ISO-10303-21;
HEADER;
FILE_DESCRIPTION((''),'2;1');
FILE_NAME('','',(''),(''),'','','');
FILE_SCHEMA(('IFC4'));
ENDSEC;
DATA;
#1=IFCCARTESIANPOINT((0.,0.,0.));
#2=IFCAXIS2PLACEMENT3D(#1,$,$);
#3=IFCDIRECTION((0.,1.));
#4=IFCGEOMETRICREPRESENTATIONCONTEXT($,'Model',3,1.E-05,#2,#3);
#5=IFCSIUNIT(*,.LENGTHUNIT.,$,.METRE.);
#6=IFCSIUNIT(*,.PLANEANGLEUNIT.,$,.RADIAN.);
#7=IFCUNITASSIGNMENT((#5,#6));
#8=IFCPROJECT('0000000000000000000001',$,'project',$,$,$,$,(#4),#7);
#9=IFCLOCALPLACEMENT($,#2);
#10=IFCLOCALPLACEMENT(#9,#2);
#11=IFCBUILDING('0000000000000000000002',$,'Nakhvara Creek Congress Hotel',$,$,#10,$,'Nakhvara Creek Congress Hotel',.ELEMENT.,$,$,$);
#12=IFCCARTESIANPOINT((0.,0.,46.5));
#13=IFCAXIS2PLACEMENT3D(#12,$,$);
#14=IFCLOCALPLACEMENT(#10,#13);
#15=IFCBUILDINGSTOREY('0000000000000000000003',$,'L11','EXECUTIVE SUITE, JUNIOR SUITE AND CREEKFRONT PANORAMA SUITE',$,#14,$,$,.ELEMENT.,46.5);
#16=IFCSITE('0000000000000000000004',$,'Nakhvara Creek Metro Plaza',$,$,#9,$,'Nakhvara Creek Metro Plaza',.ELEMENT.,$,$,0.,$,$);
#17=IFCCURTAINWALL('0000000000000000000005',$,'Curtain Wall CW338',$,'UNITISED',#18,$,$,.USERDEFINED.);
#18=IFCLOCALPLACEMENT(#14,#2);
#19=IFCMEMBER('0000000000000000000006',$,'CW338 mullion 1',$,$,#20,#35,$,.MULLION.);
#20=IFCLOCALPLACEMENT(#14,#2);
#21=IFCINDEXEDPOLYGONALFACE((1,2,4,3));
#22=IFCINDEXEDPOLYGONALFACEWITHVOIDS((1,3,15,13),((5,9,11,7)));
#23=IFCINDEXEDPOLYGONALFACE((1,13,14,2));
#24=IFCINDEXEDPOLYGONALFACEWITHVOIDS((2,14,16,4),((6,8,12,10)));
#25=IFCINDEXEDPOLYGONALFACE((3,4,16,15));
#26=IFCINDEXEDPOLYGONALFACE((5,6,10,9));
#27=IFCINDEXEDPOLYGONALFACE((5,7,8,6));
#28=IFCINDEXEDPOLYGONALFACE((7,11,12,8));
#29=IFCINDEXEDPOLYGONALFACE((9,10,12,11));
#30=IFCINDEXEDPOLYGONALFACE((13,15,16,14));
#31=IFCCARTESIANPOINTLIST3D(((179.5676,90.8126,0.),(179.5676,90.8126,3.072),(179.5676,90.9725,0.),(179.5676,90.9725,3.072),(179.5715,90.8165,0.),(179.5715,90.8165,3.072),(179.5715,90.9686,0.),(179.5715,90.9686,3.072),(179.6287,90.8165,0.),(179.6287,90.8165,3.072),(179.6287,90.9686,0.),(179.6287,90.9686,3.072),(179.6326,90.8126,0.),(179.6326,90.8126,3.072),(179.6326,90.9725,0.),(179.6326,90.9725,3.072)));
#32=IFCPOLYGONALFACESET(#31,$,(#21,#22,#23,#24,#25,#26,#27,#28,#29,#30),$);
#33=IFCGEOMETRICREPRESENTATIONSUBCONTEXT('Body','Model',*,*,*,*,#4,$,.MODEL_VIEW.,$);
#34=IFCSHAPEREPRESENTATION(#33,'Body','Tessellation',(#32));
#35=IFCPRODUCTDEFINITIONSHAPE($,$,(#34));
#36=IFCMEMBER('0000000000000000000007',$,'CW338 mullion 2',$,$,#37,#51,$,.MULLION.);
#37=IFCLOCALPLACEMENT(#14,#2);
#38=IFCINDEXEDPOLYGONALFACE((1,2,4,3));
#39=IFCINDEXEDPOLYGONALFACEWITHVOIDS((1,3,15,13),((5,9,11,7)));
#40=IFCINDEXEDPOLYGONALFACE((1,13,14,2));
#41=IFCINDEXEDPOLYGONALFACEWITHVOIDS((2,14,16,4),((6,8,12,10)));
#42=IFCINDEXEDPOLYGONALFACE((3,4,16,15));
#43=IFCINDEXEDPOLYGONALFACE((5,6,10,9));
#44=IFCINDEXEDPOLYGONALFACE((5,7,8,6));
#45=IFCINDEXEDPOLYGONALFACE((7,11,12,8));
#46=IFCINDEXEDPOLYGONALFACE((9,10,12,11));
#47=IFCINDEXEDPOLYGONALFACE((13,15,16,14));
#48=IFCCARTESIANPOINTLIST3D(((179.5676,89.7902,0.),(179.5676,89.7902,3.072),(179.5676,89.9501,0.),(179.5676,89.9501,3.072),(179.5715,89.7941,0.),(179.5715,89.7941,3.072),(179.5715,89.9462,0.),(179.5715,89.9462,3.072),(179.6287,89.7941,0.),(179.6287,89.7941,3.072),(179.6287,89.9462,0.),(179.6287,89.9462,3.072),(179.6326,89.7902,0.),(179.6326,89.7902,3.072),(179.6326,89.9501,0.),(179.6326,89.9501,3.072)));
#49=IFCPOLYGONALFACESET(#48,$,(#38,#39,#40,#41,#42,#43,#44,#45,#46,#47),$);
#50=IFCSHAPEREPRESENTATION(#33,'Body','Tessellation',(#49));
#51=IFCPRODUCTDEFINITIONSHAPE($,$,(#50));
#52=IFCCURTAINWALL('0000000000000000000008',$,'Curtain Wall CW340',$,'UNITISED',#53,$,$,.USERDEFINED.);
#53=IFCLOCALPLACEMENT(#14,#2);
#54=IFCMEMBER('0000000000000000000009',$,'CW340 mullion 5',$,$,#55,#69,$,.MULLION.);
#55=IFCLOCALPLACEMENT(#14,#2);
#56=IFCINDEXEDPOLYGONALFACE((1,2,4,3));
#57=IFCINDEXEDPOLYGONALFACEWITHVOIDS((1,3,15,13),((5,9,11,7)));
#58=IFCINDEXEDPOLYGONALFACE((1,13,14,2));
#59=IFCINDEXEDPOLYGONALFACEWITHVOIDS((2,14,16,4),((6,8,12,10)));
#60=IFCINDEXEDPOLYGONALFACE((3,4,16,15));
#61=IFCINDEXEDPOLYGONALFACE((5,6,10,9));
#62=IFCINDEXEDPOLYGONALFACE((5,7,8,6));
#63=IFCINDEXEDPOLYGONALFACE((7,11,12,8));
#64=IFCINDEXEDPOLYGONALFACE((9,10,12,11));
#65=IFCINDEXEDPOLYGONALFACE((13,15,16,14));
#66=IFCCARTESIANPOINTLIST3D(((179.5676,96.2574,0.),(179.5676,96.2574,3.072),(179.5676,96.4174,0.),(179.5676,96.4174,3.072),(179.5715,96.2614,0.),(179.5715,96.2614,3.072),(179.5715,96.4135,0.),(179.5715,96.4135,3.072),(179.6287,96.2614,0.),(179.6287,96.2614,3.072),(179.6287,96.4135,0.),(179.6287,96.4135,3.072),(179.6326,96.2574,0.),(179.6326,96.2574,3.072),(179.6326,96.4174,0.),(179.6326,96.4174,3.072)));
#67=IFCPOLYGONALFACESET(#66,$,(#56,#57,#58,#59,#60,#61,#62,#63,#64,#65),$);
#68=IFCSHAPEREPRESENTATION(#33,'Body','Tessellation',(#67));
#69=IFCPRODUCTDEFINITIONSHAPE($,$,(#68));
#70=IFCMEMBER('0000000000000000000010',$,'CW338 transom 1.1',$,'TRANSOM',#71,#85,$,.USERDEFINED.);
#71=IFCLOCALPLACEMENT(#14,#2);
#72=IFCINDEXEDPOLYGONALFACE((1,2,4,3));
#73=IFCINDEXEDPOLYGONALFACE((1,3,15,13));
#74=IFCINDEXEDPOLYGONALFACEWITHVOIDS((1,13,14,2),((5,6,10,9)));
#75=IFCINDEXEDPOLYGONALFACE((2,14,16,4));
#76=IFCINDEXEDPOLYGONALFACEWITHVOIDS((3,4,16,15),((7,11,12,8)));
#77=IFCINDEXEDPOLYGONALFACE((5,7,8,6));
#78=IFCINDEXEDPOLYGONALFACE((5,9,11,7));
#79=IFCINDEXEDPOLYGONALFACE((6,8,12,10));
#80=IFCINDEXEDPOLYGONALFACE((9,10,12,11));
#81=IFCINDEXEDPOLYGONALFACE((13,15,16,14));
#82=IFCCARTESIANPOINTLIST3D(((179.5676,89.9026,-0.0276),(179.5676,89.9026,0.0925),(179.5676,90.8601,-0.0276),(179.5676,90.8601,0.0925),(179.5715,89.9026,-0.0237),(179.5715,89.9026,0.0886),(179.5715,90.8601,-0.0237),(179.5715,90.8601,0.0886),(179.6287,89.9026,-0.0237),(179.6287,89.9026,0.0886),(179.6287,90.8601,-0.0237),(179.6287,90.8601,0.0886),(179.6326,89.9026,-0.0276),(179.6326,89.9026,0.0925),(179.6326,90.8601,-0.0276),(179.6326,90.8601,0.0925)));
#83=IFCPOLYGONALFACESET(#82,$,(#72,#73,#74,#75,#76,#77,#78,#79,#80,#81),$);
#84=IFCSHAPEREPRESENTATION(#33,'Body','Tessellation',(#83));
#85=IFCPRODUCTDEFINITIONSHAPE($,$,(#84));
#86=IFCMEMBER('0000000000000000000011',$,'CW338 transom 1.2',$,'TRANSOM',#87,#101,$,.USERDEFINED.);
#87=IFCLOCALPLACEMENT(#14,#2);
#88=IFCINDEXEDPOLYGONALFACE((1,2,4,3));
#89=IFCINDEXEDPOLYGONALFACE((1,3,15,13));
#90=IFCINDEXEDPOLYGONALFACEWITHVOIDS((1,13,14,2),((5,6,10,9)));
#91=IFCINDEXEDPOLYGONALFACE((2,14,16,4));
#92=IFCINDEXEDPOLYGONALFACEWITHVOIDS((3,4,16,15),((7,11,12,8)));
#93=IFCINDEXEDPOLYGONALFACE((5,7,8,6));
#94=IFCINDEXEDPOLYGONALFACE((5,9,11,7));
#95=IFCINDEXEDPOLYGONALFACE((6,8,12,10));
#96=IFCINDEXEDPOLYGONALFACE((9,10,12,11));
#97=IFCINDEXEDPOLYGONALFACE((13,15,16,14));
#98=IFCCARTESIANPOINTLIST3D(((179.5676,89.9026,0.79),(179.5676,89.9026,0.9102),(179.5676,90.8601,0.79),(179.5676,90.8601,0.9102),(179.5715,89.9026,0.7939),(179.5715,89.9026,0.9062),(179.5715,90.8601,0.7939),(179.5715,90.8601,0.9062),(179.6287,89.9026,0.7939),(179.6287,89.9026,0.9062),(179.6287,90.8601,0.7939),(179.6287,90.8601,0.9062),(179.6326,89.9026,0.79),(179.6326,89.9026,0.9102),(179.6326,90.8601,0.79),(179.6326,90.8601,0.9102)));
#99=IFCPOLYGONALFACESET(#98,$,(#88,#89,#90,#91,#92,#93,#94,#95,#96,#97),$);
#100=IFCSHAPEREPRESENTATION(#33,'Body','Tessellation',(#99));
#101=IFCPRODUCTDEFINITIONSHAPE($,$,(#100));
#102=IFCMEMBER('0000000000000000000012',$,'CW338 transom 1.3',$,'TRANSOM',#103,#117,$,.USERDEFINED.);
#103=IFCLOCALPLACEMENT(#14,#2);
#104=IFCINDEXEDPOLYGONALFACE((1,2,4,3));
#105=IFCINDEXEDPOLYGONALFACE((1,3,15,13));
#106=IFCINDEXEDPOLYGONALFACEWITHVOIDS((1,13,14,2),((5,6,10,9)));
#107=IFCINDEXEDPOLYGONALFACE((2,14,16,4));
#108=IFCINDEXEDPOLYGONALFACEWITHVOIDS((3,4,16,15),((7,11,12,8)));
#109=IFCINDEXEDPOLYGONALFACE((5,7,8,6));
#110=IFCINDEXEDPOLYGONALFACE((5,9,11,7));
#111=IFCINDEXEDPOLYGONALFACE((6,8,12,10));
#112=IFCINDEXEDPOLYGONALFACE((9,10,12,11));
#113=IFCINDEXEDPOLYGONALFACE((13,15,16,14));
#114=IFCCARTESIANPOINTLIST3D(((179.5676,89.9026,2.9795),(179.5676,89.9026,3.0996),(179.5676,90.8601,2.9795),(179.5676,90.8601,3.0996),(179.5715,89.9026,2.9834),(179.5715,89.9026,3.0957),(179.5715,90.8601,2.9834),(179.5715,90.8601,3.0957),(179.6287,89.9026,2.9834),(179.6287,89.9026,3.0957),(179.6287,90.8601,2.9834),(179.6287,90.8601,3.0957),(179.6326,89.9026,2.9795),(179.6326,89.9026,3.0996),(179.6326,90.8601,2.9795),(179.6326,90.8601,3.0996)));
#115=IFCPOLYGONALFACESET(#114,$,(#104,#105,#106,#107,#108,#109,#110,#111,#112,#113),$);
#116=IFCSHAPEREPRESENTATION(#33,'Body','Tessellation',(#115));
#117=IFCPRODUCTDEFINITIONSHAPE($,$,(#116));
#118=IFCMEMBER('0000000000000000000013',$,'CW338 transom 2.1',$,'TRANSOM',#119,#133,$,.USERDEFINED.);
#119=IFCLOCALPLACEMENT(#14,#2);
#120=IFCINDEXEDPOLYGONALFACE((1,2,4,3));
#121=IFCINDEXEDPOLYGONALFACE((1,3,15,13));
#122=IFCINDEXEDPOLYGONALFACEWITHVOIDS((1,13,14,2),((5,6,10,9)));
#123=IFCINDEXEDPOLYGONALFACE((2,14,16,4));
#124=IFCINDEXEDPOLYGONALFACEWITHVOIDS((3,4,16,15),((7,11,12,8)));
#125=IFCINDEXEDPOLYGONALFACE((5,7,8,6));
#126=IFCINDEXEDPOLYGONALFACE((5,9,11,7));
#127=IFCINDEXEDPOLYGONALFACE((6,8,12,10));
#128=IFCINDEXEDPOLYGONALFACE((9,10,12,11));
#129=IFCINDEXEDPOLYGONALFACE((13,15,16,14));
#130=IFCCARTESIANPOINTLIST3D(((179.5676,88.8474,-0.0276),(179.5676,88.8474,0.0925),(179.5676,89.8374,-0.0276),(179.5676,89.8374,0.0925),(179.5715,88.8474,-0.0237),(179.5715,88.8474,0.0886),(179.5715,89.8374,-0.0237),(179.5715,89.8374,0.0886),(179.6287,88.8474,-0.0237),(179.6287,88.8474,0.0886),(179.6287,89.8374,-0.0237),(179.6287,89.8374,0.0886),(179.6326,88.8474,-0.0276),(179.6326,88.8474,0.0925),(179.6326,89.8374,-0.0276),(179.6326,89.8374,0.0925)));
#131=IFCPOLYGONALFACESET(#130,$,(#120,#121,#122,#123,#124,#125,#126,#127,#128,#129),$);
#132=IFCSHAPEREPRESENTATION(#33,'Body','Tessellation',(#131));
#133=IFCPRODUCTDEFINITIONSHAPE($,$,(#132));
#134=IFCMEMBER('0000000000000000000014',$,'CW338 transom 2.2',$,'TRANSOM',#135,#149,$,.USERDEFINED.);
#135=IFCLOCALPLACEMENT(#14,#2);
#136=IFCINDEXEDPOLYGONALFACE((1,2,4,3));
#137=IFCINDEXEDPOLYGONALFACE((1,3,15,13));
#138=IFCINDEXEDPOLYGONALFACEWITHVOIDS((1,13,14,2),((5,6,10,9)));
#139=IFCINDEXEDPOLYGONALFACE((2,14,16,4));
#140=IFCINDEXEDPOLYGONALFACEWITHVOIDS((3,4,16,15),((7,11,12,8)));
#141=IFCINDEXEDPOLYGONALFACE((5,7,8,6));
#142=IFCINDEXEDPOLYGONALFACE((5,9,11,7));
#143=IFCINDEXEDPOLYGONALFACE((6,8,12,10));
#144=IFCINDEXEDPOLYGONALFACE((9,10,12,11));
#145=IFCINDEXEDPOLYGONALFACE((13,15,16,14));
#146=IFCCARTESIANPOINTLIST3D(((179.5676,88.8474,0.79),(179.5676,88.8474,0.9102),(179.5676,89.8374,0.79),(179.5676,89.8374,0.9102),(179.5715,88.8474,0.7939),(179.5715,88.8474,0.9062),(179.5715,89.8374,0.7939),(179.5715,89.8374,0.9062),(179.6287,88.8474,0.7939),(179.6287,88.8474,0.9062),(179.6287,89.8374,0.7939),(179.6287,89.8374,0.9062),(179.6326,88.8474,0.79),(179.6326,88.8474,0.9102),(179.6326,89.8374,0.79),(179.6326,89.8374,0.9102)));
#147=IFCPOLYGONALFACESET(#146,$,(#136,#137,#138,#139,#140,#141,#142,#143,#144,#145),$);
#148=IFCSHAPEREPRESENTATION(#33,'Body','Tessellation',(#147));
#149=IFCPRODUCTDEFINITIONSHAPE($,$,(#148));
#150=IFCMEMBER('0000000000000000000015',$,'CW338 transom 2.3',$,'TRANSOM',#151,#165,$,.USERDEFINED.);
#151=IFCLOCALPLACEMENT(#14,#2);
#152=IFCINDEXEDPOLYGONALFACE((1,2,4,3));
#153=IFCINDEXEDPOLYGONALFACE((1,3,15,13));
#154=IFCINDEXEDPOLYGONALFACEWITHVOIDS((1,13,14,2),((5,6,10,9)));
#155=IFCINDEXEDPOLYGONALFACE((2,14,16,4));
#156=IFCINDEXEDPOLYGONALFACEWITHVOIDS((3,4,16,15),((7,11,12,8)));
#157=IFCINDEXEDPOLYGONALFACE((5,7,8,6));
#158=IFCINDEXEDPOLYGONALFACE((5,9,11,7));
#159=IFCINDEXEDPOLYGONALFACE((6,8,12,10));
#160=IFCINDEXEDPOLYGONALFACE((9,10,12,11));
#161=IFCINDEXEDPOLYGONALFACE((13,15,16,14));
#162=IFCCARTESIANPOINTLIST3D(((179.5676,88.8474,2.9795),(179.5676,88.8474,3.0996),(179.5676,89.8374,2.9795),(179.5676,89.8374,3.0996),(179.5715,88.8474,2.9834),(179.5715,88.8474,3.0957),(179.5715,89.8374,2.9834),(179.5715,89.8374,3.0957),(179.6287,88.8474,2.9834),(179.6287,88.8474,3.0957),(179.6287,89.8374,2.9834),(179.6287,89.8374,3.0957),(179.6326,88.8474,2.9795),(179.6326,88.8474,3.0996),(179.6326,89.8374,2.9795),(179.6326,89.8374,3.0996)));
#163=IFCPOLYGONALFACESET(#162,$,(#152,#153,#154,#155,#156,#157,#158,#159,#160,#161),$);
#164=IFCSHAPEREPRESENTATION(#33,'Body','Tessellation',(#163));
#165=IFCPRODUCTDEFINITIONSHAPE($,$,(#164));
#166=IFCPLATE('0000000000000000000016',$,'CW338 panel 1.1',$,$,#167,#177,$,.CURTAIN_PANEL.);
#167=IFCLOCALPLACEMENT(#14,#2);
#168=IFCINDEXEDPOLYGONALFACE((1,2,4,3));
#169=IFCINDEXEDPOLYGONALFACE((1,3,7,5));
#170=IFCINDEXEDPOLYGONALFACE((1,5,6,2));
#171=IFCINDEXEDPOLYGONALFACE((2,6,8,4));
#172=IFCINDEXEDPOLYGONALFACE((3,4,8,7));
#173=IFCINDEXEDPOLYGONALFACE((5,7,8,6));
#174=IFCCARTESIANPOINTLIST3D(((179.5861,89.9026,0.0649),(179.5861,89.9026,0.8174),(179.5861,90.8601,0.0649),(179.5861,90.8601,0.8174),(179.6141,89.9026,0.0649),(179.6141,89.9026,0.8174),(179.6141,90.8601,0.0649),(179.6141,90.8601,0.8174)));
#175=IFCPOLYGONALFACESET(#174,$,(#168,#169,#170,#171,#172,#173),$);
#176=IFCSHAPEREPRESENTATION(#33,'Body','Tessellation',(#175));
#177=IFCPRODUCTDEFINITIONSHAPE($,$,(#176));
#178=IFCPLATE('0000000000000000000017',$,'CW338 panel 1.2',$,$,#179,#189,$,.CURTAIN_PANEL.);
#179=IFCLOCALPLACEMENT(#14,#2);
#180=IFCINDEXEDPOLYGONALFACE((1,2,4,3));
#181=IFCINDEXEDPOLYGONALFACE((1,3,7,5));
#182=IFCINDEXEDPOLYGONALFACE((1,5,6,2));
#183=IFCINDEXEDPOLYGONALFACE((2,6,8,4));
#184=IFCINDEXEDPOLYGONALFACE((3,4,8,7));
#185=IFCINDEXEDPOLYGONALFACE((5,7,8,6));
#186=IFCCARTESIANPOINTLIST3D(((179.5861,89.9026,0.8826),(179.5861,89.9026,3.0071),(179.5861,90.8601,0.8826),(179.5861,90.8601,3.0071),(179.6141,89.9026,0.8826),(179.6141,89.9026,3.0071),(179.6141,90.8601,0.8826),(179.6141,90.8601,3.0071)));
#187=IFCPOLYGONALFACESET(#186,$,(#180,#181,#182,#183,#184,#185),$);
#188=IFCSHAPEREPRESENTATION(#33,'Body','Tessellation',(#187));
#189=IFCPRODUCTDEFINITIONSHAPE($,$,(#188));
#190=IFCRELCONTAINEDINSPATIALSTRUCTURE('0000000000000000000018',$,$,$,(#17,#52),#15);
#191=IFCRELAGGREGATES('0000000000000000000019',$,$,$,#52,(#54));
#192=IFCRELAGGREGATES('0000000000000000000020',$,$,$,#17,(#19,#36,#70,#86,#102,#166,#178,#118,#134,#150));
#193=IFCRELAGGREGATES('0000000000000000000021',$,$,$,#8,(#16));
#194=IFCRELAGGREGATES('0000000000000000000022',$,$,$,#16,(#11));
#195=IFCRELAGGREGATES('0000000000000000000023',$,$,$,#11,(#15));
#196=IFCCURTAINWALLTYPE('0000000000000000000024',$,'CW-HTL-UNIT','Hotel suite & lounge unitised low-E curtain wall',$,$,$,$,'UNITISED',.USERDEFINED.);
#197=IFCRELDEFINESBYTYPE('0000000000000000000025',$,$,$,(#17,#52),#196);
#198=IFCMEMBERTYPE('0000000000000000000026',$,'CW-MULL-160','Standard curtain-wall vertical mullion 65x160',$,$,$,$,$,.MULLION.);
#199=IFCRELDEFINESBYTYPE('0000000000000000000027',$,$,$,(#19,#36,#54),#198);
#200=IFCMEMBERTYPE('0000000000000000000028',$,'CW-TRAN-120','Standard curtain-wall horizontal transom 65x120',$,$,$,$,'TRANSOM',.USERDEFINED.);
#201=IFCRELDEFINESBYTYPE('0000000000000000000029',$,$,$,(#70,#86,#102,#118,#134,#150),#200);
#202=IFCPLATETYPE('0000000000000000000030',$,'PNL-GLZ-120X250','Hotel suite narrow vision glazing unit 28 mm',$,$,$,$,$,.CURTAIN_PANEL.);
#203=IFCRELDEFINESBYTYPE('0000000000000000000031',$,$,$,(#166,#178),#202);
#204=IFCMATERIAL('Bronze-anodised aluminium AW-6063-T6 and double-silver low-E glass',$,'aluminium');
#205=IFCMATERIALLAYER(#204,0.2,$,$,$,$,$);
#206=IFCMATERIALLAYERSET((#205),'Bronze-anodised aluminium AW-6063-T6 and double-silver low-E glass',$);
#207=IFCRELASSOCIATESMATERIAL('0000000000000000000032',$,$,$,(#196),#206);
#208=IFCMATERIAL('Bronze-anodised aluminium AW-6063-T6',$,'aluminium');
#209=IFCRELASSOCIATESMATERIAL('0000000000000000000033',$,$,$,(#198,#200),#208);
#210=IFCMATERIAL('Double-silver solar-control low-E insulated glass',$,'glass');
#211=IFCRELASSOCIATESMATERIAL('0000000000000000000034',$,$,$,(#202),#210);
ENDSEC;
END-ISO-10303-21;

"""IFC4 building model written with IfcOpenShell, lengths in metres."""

from ifc_helpers import new_model, si_unit, direction, frame, origin, origin_2d, place, context, subcontext, project, spatial, rectangle, hollow_rectangle, extrude, material, layer, layer_set, material_profile, profile_set, type_object, element, aggregate, save


model = new_model("IFC4")

# Units and contexts
model_context = context("Model", 3, precision=1e-05, world=origin(), true_north=direction((0.0, 1.0)))
body_context = subcontext(model_context, "Body", "Model", "MODEL_VIEW")
ifc_project = project(units=[si_unit("LENGTHUNIT", "METRE"), si_unit("PLANEANGLEUNIT", "RADIAN")], contexts=[model_context])

# Site, building, storey
site_placement = place(None, origin())
site = spatial("IfcSite", under=ifc_project, at=site_placement, Name="Nakhvara Creek Metro Plaza", LongName="Nakhvara Creek Metro Plaza", CompositionType="ELEMENT", RefElevation=0.0)
building_placement = place(site_placement, origin())
building = spatial("IfcBuilding", under=site, at=building_placement, Name="Nakhvara Creek Congress Hotel", LongName="Nakhvara Creek Congress Hotel", CompositionType="ELEMENT")
storey_placement = place(building_placement, frame((0.0, 0.0, 46.5)))
storey = spatial("IfcBuildingStorey", under=building, at=storey_placement, Name="L11", Description="EXECUTIVE SUITE, JUNIOR SUITE AND CREEKFRONT PANORAMA SUITE", CompositionType="ELEMENT", Elevation=46.5)

# Curtain wall, members
ifc_material_1 = material(Name="Bronze-anodised aluminium AW-6063-T6 and double-silver low-E glass", Category="aluminium")
ifc_layer_1 = layer(ifc_material_1, 0.2)
ifc_layer_set_1 = layer_set([ifc_layer_1], Name="Bronze-anodised aluminium AW-6063-T6 and double-silver low-E glass")
curtain_wall_type = type_object("IfcCurtainWallType", Name="CW-HTL-UNIT", Description="Hotel suite & lounge unitised low-E curtain wall", ElementType="UNITISED", PredefinedType="USERDEFINED", material=ifc_layer_set_1)
curtain_wall_1_placement = place(storey_placement, origin())
curtain_wall_1 = element("IfcCurtainWall", 1, at=curtain_wall_1_placement, inside=storey, type_object=curtain_wall_type, Name="Curtain Wall CW338", ObjectType="UNITISED", PredefinedType="USERDEFINED")
ifc_material_2 = material(Name="Bronze-anodised aluminium AW-6063-T6", Category="aluminium")
ifc_material_profile_1 = material_profile(ifc_material_2, hollow_rectangle(XDim=0.0649, YDim=0.1599, WallThickness=0.0039, at=origin_2d()), Name="ALU-MULL 65x160x4", Category="LoadBearing")
ifc_profile_set_1 = profile_set([ifc_material_profile_1], Name="Bronze-anodised aluminium AW-6063-T6")
member_type_1 = type_object("IfcMemberType", Name="CW-MULL-160", Description="Standard curtain-wall vertical mullion 65x160", PredefinedType="MULLION", material=ifc_profile_set_1)
member_1_placement = place(storey_placement, frame((179.6001, 90.8926, 0.0), z_axis=(0.0, 0.0, 1.0), x_axis=(1.0, 0.0, 0.0)))
member_1 = element("IfcMember", 2, at=member_1_placement, type_object=member_type_1, Name="CW338 mullion 1", PredefinedType="MULLION", context=body_context, shape_type="SweptSolid", body=[
    extrude(hollow_rectangle(XDim=0.0649, YDim=0.1599, WallThickness=0.0039, at=origin_2d()), origin(), (0.0, 0.0, 1.0), 3.072),
])
member_2_placement = place(storey_placement, frame((179.6001, 89.8701, 0.0), z_axis=(0.0, 0.0, 1.0), x_axis=(1.0, 0.0, 0.0)))
member_2 = element("IfcMember", 3, at=member_2_placement, type_object=member_type_1, Name="CW338 mullion 2", PredefinedType="MULLION", context=body_context, shape_type="SweptSolid", body=[
    extrude(hollow_rectangle(XDim=0.0649, YDim=0.1599, WallThickness=0.0039, at=origin_2d()), origin(), (0.0, 0.0, 1.0), 3.072),
])

# Curtain wall, member
curtain_wall_2_placement = place(storey_placement, origin())
curtain_wall_2 = element("IfcCurtainWall", 4, at=curtain_wall_2_placement, inside=storey, type_object=curtain_wall_type, Name="Curtain Wall CW340", ObjectType="UNITISED", PredefinedType="USERDEFINED")
member_3_placement = place(storey_placement, frame((179.6001, 96.3374, 0.0), z_axis=(0.0, 0.0, 1.0), x_axis=(1.0, 0.0, 0.0)))
member_3 = element("IfcMember", 5, at=member_3_placement, type_object=member_type_1, Name="CW340 mullion 5", PredefinedType="MULLION", context=body_context, shape_type="SweptSolid", body=[
    extrude(hollow_rectangle(XDim=0.0649, YDim=0.1599, WallThickness=0.0039, at=origin_2d()), origin(), (0.0, 0.0, 1.0), 3.072),
])
aggregate(curtain_wall_2, [member_3])

# Members
ifc_material_profile_2 = material_profile(ifc_material_2, hollow_rectangle(XDim=0.0649, YDim=0.1201, WallThickness=0.0039, at=origin_2d()), Name="ALU-TRAN 65x120x4", Category="LoadBearing")
ifc_profile_set_2 = profile_set([ifc_material_profile_2], Name="Bronze-anodised aluminium AW-6063-T6")
member_type_2 = type_object("IfcMemberType", Name="CW-TRAN-120", Description="Standard curtain-wall horizontal transom 65x120", ElementType="TRANSOM", PredefinedType="USERDEFINED", material=ifc_profile_set_2)
member_4_placement = place(storey_placement, frame((179.6001, 90.8601, 0.0325), z_axis=(0.0, -1.0, 0.0), x_axis=(1.0, 0.0, 0.0)))
member_4 = element("IfcMember", 6, at=member_4_placement, type_object=member_type_2, Name="CW338 transom 1.1", ObjectType="TRANSOM", PredefinedType="USERDEFINED", context=body_context, shape_type="SweptSolid", body=[
    extrude(hollow_rectangle(XDim=0.0649, YDim=0.1201, WallThickness=0.0039, at=origin_2d()), origin(), (0.0, 0.0, 1.0), 0.9575),
])
member_5_placement = place(storey_placement, frame((179.6001, 90.8601, 0.8501), z_axis=(0.0, -1.0, 0.0), x_axis=(1.0, 0.0, 0.0)))
member_5 = element("IfcMember", 7, at=member_5_placement, type_object=member_type_2, Name="CW338 transom 1.2", ObjectType="TRANSOM", PredefinedType="USERDEFINED", context=body_context, shape_type="SweptSolid", body=[
    extrude(hollow_rectangle(XDim=0.0649, YDim=0.1201, WallThickness=0.0039, at=origin_2d()), origin(), (0.0, 0.0, 1.0), 0.9575),
])
member_6_placement = place(storey_placement, frame((179.6001, 90.8601, 3.0396), z_axis=(0.0, -1.0, 0.0), x_axis=(1.0, 0.0, 0.0)))
member_6 = element("IfcMember", 8, at=member_6_placement, type_object=member_type_2, Name="CW338 transom 1.3", ObjectType="TRANSOM", PredefinedType="USERDEFINED", context=body_context, shape_type="SweptSolid", body=[
    extrude(hollow_rectangle(XDim=0.0649, YDim=0.1201, WallThickness=0.0039, at=origin_2d()), origin(), (0.0, 0.0, 1.0), 0.9575),
])
member_7_placement = place(storey_placement, frame((179.6001, 89.8374, 0.0325), z_axis=(0.0, -1.0, 0.0), x_axis=(1.0, 0.0, 0.0)))
member_7 = element("IfcMember", 9, at=member_7_placement, type_object=member_type_2, Name="CW338 transom 2.1", ObjectType="TRANSOM", PredefinedType="USERDEFINED", context=body_context, shape_type="SweptSolid", body=[
    extrude(hollow_rectangle(XDim=0.0649, YDim=0.1201, WallThickness=0.0039, at=origin_2d()), origin(), (0.0, 0.0, 1.0), 0.99),
])
member_8_placement = place(storey_placement, frame((179.6001, 89.8374, 0.8501), z_axis=(0.0, -1.0, 0.0), x_axis=(1.0, 0.0, 0.0)))
member_8 = element("IfcMember", 10, at=member_8_placement, type_object=member_type_2, Name="CW338 transom 2.2", ObjectType="TRANSOM", PredefinedType="USERDEFINED", context=body_context, shape_type="SweptSolid", body=[
    extrude(hollow_rectangle(XDim=0.0649, YDim=0.1201, WallThickness=0.0039, at=origin_2d()), origin(), (0.0, 0.0, 1.0), 0.99),
])
member_9_placement = place(storey_placement, frame((179.6001, 89.8374, 3.0396), z_axis=(0.0, -1.0, 0.0), x_axis=(1.0, 0.0, 0.0)))
member_9 = element("IfcMember", 11, at=member_9_placement, type_object=member_type_2, Name="CW338 transom 2.3", ObjectType="TRANSOM", PredefinedType="USERDEFINED", context=body_context, shape_type="SweptSolid", body=[
    extrude(hollow_rectangle(XDim=0.0649, YDim=0.1201, WallThickness=0.0039, at=origin_2d()), origin(), (0.0, 0.0, 1.0), 0.99),
])

# Plates
ifc_material_3 = material(Name="Double-silver solar-control low-E insulated glass", Category="glass")
plate_type = type_object("IfcPlateType", Name="PNL-GLZ-120X250", Description="Hotel suite narrow vision glazing unit 28 mm", PredefinedType="CURTAIN_PANEL", material=ifc_material_3)
plate_1_placement = place(storey_placement, frame((179.6001, 90.3813, 0.0649), z_axis=(0.0, 0.0, 1.0), x_axis=(0.0, -1.0, 0.0)))
plate_1 = element("IfcPlate", 12, at=plate_1_placement, type_object=plate_type, Name="CW338 panel 1.1", PredefinedType="CURTAIN_PANEL", context=body_context, shape_type="SweptSolid", body=[
    extrude(rectangle(XDim=0.9575, YDim=0.0281, at=origin_2d()), origin(), (0.0, 0.0, 1.0), 0.7524),
])
plate_2_placement = place(storey_placement, frame((179.6001, 90.3813, 0.8826), z_axis=(0.0, 0.0, 1.0), x_axis=(0.0, -1.0, 0.0)))
plate_2 = element("IfcPlate", 13, at=plate_2_placement, type_object=plate_type, Name="CW338 panel 1.2", PredefinedType="CURTAIN_PANEL", context=body_context, shape_type="SweptSolid", body=[
    extrude(rectangle(XDim=0.9575, YDim=0.0281, at=origin_2d()), origin(), (0.0, 0.0, 1.0), 2.1245),
])
aggregate(curtain_wall_1, [member_1, member_2, member_4, member_5, member_6, plate_1, plate_2, member_7, member_8, member_9])

save(model, "model.ifc")
